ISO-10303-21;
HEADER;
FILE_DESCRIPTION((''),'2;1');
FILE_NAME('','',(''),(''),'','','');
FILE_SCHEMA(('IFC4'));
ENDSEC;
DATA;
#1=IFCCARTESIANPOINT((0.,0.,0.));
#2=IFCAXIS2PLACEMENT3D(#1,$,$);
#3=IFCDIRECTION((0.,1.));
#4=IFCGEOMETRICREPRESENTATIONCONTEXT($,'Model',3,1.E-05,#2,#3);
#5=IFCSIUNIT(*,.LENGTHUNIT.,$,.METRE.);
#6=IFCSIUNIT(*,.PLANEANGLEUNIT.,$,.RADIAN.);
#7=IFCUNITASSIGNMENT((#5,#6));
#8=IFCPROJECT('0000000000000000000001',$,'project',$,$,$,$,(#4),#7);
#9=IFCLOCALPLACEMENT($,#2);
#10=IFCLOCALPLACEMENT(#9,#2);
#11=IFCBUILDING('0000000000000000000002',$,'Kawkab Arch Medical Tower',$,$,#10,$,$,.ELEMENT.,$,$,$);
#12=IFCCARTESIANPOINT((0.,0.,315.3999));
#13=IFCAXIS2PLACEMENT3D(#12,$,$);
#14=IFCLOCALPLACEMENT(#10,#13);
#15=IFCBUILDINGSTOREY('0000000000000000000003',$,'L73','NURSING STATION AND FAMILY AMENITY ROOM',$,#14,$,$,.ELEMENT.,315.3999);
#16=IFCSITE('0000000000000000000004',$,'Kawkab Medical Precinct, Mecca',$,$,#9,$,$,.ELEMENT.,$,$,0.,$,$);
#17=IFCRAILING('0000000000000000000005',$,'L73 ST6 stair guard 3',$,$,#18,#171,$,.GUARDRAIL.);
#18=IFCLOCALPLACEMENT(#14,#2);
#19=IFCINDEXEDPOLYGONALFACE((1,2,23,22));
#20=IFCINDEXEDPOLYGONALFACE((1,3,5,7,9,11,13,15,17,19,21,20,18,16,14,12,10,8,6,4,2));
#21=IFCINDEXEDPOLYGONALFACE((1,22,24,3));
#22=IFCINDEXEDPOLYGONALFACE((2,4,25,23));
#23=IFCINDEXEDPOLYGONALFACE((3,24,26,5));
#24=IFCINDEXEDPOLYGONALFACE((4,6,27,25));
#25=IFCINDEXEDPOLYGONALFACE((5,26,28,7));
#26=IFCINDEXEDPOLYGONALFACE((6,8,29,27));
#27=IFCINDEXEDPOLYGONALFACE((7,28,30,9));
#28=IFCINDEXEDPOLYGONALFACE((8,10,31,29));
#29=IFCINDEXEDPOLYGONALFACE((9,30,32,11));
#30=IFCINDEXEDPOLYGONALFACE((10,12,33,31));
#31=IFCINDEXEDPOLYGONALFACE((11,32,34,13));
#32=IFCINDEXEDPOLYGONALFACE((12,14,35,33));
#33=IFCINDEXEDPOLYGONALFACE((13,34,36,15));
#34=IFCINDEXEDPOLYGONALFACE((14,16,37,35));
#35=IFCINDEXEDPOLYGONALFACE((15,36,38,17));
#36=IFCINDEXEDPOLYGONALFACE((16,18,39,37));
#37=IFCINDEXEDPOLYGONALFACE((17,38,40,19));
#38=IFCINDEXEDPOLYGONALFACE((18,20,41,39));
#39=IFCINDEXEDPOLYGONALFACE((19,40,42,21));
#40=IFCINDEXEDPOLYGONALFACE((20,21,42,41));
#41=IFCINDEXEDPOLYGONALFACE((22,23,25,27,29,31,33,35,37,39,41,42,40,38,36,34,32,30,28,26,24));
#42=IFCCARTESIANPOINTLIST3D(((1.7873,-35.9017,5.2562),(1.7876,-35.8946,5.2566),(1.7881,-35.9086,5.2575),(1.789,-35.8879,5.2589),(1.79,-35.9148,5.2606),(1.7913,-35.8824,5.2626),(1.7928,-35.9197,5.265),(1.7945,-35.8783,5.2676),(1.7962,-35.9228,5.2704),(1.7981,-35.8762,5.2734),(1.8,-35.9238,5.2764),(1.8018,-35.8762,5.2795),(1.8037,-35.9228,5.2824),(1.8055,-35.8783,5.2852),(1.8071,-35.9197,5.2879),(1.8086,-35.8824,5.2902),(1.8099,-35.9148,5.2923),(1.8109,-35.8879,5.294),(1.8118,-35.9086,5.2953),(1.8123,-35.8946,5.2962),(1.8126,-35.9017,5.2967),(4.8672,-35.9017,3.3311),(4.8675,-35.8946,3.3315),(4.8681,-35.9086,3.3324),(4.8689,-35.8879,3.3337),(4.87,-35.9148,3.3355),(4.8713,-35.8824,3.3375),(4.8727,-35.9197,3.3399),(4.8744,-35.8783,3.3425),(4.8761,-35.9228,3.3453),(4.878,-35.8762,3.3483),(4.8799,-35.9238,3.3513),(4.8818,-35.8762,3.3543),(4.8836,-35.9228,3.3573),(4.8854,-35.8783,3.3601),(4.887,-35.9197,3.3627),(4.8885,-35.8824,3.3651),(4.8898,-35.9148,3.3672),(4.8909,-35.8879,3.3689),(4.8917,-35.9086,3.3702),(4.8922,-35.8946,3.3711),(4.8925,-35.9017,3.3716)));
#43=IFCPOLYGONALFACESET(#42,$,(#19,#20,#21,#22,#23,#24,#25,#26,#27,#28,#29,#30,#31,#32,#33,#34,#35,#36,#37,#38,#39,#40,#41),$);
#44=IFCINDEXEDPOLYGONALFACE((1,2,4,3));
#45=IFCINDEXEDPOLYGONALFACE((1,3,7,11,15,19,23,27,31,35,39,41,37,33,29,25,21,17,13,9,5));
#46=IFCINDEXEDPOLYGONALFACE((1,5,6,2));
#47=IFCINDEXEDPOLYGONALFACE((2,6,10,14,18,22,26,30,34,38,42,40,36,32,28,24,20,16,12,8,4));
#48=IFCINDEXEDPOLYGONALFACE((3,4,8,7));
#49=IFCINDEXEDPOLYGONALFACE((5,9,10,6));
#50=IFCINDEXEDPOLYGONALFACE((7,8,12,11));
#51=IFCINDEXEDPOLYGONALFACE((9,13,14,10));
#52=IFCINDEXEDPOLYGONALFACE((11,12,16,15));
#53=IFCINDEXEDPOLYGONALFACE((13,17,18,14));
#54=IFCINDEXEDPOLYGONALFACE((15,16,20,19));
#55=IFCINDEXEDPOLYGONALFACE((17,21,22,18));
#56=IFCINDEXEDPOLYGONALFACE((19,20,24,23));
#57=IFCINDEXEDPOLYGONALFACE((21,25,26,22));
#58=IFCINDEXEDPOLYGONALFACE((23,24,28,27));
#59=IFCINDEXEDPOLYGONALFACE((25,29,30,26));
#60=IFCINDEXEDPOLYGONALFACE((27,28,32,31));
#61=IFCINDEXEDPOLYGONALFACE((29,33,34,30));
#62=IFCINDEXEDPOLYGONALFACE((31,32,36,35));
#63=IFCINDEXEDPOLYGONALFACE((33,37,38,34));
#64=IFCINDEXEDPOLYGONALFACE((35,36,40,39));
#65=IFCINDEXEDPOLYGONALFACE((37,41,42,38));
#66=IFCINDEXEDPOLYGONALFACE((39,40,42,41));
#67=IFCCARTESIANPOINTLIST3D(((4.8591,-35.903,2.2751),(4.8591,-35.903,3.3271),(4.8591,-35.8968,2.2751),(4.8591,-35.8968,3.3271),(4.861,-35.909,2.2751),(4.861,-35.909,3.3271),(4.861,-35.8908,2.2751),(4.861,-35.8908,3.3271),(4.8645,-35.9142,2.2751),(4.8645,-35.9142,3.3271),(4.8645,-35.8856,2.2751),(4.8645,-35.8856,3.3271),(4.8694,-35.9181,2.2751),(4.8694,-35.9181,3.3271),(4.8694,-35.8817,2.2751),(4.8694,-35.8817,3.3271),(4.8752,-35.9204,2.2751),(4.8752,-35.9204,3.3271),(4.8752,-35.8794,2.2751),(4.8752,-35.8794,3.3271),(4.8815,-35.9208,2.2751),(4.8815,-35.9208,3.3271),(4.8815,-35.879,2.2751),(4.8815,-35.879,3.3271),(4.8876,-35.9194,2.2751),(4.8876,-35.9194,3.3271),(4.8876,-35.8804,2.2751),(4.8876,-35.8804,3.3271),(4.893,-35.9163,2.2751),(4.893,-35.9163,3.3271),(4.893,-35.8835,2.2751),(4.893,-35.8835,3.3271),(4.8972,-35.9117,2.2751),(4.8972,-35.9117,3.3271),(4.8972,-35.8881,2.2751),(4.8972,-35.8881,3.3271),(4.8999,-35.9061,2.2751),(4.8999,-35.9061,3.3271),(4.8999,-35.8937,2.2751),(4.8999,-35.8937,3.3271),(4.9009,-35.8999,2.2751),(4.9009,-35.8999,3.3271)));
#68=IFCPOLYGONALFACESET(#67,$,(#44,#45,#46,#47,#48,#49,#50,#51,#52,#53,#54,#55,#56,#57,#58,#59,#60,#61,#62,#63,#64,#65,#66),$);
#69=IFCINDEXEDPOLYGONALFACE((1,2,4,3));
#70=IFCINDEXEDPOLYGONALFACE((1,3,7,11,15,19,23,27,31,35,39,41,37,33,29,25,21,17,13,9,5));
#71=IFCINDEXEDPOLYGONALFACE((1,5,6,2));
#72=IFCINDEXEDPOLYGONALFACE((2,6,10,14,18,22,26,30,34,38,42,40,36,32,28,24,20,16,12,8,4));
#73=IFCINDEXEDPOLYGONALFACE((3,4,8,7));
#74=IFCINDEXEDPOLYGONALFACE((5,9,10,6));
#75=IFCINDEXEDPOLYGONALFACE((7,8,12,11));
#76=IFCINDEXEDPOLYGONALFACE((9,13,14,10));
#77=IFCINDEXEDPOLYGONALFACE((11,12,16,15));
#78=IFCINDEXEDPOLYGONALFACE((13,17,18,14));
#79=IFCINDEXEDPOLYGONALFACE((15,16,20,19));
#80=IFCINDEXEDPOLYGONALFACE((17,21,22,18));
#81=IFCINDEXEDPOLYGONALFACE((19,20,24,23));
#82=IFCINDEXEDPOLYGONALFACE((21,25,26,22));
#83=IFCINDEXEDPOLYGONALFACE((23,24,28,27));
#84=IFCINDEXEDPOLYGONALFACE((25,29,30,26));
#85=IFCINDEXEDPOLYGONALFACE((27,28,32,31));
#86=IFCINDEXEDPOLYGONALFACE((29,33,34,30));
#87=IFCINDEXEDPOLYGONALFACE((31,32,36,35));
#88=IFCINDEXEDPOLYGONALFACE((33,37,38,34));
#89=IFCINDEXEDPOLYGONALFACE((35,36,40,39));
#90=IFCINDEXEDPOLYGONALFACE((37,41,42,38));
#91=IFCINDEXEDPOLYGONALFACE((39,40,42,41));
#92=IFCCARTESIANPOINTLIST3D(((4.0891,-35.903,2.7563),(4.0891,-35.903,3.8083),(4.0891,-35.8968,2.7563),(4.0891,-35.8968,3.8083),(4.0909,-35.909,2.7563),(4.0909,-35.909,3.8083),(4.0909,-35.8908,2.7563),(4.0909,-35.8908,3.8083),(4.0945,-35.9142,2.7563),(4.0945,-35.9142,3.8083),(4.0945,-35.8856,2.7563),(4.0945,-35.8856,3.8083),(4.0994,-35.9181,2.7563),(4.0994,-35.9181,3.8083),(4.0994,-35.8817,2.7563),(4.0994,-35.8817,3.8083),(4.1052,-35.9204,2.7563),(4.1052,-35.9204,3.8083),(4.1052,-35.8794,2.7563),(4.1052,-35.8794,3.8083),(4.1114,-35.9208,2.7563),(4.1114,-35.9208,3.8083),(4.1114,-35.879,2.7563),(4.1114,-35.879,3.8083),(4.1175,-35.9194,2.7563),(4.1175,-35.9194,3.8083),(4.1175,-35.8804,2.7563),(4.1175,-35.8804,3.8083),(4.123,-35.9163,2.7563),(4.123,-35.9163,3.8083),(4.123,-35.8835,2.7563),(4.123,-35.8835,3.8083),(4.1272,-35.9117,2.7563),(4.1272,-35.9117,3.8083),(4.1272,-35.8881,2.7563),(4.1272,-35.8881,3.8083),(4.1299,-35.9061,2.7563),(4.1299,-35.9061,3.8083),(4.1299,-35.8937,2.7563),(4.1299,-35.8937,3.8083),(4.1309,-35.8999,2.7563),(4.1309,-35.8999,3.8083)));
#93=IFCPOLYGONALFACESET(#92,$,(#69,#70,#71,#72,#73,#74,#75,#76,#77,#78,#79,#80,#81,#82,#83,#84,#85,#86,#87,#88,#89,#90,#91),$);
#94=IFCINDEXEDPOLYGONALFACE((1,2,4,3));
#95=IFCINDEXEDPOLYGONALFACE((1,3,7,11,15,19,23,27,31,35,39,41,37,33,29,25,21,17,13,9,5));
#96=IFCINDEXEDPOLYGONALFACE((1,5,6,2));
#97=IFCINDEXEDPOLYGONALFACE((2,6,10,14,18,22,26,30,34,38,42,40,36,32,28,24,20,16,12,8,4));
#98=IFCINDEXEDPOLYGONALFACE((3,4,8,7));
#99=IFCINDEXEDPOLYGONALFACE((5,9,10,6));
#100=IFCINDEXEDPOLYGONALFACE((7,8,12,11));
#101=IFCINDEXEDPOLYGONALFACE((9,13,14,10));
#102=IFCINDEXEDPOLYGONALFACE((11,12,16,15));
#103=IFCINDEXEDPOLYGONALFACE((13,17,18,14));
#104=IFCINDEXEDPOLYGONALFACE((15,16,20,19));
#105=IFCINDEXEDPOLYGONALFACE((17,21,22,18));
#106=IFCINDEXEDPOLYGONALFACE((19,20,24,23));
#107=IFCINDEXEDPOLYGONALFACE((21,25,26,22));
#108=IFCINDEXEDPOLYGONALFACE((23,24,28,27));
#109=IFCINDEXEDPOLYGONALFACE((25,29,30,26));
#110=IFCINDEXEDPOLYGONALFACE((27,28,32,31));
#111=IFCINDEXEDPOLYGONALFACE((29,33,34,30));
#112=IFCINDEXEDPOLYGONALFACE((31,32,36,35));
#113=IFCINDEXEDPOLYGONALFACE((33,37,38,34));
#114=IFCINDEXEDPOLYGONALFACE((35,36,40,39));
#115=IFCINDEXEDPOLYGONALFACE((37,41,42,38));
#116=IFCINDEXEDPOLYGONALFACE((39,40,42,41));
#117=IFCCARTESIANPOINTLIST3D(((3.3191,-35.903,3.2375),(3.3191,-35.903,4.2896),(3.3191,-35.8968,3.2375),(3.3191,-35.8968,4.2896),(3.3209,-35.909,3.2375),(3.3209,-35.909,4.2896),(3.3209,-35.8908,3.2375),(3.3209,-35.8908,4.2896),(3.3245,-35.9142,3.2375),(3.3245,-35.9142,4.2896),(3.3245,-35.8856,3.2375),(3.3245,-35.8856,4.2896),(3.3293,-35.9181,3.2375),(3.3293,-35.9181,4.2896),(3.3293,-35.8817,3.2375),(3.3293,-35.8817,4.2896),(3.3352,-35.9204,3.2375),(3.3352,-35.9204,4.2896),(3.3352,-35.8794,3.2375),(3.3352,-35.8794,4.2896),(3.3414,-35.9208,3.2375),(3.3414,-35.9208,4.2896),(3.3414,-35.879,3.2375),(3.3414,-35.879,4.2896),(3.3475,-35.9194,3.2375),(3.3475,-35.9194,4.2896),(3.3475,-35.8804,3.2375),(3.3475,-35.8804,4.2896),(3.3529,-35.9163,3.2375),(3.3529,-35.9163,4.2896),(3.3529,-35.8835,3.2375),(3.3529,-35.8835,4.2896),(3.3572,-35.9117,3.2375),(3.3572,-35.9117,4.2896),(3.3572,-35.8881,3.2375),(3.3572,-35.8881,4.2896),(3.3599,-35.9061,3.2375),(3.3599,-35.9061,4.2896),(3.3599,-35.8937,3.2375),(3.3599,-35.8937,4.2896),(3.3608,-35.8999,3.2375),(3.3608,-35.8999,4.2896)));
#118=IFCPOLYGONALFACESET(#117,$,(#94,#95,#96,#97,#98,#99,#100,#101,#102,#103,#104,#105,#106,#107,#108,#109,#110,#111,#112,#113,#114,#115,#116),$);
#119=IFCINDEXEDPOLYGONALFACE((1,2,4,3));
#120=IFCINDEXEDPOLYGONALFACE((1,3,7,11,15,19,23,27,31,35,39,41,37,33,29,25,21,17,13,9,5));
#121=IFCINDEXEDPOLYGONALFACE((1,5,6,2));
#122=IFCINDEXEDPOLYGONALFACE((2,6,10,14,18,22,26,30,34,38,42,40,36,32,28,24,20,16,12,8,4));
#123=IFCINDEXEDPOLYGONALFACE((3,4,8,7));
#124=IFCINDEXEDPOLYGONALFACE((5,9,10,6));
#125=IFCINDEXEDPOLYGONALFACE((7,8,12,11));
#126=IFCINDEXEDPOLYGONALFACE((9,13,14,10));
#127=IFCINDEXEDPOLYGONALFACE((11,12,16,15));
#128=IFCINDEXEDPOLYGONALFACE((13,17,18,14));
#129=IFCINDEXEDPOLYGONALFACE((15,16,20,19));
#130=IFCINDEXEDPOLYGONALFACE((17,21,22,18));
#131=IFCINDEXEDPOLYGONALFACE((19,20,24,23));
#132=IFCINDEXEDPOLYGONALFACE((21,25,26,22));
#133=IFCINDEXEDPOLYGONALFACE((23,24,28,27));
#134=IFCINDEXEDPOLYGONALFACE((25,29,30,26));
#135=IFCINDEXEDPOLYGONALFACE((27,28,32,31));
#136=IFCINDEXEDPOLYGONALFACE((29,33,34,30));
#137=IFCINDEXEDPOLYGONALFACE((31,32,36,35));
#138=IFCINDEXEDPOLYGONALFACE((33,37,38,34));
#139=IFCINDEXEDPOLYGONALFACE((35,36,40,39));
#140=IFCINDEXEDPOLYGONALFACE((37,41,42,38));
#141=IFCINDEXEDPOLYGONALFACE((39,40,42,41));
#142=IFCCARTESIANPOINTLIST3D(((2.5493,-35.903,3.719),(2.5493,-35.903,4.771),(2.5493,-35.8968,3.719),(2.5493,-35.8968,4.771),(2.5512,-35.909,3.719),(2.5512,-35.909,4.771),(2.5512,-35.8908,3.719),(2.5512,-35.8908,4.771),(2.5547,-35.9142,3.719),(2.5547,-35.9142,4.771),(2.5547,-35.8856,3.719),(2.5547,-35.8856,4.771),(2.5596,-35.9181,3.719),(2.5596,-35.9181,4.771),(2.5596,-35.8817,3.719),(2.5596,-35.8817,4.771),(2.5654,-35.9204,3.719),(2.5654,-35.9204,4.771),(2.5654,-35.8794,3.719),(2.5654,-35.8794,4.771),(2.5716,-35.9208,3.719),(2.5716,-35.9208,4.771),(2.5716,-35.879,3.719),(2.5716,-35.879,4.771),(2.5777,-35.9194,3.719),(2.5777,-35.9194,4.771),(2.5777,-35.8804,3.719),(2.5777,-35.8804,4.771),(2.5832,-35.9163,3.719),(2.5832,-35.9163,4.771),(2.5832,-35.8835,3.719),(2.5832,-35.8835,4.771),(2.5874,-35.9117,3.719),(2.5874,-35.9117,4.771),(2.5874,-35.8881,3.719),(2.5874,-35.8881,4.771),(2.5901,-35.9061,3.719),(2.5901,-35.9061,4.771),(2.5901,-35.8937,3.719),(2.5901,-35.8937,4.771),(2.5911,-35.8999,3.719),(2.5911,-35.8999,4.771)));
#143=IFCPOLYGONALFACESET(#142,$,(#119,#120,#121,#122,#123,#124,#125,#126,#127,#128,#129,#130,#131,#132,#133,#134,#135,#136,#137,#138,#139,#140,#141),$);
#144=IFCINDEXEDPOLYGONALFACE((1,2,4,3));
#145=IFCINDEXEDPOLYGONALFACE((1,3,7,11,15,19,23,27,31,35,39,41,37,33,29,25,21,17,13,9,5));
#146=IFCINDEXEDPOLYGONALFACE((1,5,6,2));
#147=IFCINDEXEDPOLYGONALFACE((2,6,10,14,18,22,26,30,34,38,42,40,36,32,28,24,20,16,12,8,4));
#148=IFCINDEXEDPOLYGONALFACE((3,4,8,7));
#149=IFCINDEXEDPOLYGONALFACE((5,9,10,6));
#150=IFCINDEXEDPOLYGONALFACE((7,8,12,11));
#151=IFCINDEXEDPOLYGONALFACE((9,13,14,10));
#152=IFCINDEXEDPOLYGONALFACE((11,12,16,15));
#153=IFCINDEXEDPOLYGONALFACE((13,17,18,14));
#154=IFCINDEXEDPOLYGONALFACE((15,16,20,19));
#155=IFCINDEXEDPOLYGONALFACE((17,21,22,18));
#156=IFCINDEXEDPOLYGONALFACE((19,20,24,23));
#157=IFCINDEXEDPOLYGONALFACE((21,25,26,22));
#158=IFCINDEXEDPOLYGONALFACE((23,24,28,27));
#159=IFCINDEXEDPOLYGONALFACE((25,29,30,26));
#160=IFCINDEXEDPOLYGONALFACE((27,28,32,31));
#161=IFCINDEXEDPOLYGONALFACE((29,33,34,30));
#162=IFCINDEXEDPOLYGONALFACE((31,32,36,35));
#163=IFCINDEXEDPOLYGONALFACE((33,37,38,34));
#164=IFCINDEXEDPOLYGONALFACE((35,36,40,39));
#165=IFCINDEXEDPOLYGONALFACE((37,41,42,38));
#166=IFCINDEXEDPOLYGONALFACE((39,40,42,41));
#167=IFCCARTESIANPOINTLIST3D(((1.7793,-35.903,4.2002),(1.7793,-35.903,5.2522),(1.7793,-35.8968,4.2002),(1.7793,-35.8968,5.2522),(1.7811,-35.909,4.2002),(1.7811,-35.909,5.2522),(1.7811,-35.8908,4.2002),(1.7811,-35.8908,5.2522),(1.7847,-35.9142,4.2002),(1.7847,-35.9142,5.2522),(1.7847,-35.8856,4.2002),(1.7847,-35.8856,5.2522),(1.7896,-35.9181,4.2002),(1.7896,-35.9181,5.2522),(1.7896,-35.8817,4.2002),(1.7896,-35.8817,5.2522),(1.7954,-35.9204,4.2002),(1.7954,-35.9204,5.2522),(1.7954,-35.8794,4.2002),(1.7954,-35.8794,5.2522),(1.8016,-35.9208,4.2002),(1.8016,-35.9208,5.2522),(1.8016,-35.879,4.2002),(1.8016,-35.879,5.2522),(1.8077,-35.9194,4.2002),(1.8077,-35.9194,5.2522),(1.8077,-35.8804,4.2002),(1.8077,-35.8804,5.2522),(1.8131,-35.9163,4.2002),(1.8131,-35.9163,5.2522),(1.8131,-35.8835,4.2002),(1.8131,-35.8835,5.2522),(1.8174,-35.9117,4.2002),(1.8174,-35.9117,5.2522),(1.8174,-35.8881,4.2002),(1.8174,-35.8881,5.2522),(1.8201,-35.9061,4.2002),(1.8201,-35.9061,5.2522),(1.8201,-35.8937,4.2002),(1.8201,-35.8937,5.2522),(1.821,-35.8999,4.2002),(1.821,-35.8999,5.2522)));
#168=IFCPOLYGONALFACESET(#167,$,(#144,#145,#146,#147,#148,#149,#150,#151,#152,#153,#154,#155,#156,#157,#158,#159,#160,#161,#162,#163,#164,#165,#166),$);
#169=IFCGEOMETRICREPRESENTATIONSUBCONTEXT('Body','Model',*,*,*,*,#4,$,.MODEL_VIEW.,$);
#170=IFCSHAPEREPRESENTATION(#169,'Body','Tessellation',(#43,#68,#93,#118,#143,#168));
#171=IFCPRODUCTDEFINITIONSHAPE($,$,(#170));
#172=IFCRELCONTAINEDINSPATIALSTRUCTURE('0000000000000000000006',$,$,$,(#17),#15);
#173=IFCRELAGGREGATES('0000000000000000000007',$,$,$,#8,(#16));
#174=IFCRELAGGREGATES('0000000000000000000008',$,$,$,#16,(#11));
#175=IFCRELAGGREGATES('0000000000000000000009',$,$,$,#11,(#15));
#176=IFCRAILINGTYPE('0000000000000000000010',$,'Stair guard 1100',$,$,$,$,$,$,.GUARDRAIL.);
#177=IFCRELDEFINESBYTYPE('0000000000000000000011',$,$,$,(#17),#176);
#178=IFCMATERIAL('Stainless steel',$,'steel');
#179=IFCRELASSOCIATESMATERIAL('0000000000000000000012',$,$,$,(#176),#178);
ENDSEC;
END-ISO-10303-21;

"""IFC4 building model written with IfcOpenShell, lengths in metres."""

from ifc_helpers import new_model, si_unit, direction, frame, origin, origin_2d, place, context, subcontext, project, spatial, circle, extrude, material, type_object, element, save


model = new_model("IFC4")

# Units and contexts
model_context = context("Model", 3, precision=1e-05, world=origin(), true_north=direction((0.0, 1.0)))
body_context = subcontext(model_context, "Body", "Model", "MODEL_VIEW")
ifc_project = project(units=[si_unit("LENGTHUNIT", "METRE"), si_unit("PLANEANGLEUNIT", "RADIAN")], contexts=[model_context])

# Site, building, storey
site_placement = place(None, origin())
site = spatial("IfcSite", under=ifc_project, at=site_placement, Name="Kawkab Medical Precinct, Mecca", CompositionType="ELEMENT", RefElevation=0.0)
building_placement = place(site_placement, origin())
building = spatial("IfcBuilding", under=site, at=building_placement, Name="Kawkab Arch Medical Tower", CompositionType="ELEMENT")
storey_placement = place(building_placement, frame((0.0, 0.0, 315.3999)))
storey = spatial("IfcBuildingStorey", under=building, at=storey_placement, Name="L73", Description="NURSING STATION AND FAMILY AMENITY ROOM", CompositionType="ELEMENT", Elevation=315.3999)

# Railing
ifc_material_1 = material(Name="Stainless steel", Category="steel")
railing_type_1 = type_object("IfcRailingType", Name="Stair guard 1100", PredefinedType="GUARDRAIL", material=ifc_material_1)
railing_1_placement = place(storey_placement, frame((4.8799, -35.8999, 2.2751)))
element("IfcRailing", 1, at=railing_1_placement, inside=storey, type_object=railing_type_1, Name="L73 ST6 stair guard 3", PredefinedType="GUARDRAIL", context=body_context, shape_type="SweptSolid", body=[
    extrude(circle(Radius=0.0239, at=origin_2d()), frame((0.0, 0.0, 1.0762), z_axis=(-0.847979, 0.0, 0.530029), x_axis=(0.0, -1.0, 0.0)), (0.0, 0.0, 1.0), 3.6321),
    extrude(circle(Radius=0.021, at=origin_2d()), origin(), (0.0, 0.0, 1.0), 1.052),
    extrude(circle(Radius=0.021, at=origin_2d()), frame((-0.77, 0.0, 0.4812)), (0.0, 0.0, 1.0), 1.052),
    extrude(circle(Radius=0.021, at=origin_2d()), frame((-1.54, 0.0, 0.9624)), (0.0, 0.0, 1.0), 1.052),
    extrude(circle(Radius=0.021, at=origin_2d()), frame((-2.3098, 0.0, 1.4438)), (0.0, 0.0, 1.0), 1.052),
    extrude(circle(Radius=0.021, at=origin_2d()), frame((-3.0798, 0.0, 1.925)), (0.0, 0.0, 1.0), 1.052),
])

save(model, "model.ifc")
